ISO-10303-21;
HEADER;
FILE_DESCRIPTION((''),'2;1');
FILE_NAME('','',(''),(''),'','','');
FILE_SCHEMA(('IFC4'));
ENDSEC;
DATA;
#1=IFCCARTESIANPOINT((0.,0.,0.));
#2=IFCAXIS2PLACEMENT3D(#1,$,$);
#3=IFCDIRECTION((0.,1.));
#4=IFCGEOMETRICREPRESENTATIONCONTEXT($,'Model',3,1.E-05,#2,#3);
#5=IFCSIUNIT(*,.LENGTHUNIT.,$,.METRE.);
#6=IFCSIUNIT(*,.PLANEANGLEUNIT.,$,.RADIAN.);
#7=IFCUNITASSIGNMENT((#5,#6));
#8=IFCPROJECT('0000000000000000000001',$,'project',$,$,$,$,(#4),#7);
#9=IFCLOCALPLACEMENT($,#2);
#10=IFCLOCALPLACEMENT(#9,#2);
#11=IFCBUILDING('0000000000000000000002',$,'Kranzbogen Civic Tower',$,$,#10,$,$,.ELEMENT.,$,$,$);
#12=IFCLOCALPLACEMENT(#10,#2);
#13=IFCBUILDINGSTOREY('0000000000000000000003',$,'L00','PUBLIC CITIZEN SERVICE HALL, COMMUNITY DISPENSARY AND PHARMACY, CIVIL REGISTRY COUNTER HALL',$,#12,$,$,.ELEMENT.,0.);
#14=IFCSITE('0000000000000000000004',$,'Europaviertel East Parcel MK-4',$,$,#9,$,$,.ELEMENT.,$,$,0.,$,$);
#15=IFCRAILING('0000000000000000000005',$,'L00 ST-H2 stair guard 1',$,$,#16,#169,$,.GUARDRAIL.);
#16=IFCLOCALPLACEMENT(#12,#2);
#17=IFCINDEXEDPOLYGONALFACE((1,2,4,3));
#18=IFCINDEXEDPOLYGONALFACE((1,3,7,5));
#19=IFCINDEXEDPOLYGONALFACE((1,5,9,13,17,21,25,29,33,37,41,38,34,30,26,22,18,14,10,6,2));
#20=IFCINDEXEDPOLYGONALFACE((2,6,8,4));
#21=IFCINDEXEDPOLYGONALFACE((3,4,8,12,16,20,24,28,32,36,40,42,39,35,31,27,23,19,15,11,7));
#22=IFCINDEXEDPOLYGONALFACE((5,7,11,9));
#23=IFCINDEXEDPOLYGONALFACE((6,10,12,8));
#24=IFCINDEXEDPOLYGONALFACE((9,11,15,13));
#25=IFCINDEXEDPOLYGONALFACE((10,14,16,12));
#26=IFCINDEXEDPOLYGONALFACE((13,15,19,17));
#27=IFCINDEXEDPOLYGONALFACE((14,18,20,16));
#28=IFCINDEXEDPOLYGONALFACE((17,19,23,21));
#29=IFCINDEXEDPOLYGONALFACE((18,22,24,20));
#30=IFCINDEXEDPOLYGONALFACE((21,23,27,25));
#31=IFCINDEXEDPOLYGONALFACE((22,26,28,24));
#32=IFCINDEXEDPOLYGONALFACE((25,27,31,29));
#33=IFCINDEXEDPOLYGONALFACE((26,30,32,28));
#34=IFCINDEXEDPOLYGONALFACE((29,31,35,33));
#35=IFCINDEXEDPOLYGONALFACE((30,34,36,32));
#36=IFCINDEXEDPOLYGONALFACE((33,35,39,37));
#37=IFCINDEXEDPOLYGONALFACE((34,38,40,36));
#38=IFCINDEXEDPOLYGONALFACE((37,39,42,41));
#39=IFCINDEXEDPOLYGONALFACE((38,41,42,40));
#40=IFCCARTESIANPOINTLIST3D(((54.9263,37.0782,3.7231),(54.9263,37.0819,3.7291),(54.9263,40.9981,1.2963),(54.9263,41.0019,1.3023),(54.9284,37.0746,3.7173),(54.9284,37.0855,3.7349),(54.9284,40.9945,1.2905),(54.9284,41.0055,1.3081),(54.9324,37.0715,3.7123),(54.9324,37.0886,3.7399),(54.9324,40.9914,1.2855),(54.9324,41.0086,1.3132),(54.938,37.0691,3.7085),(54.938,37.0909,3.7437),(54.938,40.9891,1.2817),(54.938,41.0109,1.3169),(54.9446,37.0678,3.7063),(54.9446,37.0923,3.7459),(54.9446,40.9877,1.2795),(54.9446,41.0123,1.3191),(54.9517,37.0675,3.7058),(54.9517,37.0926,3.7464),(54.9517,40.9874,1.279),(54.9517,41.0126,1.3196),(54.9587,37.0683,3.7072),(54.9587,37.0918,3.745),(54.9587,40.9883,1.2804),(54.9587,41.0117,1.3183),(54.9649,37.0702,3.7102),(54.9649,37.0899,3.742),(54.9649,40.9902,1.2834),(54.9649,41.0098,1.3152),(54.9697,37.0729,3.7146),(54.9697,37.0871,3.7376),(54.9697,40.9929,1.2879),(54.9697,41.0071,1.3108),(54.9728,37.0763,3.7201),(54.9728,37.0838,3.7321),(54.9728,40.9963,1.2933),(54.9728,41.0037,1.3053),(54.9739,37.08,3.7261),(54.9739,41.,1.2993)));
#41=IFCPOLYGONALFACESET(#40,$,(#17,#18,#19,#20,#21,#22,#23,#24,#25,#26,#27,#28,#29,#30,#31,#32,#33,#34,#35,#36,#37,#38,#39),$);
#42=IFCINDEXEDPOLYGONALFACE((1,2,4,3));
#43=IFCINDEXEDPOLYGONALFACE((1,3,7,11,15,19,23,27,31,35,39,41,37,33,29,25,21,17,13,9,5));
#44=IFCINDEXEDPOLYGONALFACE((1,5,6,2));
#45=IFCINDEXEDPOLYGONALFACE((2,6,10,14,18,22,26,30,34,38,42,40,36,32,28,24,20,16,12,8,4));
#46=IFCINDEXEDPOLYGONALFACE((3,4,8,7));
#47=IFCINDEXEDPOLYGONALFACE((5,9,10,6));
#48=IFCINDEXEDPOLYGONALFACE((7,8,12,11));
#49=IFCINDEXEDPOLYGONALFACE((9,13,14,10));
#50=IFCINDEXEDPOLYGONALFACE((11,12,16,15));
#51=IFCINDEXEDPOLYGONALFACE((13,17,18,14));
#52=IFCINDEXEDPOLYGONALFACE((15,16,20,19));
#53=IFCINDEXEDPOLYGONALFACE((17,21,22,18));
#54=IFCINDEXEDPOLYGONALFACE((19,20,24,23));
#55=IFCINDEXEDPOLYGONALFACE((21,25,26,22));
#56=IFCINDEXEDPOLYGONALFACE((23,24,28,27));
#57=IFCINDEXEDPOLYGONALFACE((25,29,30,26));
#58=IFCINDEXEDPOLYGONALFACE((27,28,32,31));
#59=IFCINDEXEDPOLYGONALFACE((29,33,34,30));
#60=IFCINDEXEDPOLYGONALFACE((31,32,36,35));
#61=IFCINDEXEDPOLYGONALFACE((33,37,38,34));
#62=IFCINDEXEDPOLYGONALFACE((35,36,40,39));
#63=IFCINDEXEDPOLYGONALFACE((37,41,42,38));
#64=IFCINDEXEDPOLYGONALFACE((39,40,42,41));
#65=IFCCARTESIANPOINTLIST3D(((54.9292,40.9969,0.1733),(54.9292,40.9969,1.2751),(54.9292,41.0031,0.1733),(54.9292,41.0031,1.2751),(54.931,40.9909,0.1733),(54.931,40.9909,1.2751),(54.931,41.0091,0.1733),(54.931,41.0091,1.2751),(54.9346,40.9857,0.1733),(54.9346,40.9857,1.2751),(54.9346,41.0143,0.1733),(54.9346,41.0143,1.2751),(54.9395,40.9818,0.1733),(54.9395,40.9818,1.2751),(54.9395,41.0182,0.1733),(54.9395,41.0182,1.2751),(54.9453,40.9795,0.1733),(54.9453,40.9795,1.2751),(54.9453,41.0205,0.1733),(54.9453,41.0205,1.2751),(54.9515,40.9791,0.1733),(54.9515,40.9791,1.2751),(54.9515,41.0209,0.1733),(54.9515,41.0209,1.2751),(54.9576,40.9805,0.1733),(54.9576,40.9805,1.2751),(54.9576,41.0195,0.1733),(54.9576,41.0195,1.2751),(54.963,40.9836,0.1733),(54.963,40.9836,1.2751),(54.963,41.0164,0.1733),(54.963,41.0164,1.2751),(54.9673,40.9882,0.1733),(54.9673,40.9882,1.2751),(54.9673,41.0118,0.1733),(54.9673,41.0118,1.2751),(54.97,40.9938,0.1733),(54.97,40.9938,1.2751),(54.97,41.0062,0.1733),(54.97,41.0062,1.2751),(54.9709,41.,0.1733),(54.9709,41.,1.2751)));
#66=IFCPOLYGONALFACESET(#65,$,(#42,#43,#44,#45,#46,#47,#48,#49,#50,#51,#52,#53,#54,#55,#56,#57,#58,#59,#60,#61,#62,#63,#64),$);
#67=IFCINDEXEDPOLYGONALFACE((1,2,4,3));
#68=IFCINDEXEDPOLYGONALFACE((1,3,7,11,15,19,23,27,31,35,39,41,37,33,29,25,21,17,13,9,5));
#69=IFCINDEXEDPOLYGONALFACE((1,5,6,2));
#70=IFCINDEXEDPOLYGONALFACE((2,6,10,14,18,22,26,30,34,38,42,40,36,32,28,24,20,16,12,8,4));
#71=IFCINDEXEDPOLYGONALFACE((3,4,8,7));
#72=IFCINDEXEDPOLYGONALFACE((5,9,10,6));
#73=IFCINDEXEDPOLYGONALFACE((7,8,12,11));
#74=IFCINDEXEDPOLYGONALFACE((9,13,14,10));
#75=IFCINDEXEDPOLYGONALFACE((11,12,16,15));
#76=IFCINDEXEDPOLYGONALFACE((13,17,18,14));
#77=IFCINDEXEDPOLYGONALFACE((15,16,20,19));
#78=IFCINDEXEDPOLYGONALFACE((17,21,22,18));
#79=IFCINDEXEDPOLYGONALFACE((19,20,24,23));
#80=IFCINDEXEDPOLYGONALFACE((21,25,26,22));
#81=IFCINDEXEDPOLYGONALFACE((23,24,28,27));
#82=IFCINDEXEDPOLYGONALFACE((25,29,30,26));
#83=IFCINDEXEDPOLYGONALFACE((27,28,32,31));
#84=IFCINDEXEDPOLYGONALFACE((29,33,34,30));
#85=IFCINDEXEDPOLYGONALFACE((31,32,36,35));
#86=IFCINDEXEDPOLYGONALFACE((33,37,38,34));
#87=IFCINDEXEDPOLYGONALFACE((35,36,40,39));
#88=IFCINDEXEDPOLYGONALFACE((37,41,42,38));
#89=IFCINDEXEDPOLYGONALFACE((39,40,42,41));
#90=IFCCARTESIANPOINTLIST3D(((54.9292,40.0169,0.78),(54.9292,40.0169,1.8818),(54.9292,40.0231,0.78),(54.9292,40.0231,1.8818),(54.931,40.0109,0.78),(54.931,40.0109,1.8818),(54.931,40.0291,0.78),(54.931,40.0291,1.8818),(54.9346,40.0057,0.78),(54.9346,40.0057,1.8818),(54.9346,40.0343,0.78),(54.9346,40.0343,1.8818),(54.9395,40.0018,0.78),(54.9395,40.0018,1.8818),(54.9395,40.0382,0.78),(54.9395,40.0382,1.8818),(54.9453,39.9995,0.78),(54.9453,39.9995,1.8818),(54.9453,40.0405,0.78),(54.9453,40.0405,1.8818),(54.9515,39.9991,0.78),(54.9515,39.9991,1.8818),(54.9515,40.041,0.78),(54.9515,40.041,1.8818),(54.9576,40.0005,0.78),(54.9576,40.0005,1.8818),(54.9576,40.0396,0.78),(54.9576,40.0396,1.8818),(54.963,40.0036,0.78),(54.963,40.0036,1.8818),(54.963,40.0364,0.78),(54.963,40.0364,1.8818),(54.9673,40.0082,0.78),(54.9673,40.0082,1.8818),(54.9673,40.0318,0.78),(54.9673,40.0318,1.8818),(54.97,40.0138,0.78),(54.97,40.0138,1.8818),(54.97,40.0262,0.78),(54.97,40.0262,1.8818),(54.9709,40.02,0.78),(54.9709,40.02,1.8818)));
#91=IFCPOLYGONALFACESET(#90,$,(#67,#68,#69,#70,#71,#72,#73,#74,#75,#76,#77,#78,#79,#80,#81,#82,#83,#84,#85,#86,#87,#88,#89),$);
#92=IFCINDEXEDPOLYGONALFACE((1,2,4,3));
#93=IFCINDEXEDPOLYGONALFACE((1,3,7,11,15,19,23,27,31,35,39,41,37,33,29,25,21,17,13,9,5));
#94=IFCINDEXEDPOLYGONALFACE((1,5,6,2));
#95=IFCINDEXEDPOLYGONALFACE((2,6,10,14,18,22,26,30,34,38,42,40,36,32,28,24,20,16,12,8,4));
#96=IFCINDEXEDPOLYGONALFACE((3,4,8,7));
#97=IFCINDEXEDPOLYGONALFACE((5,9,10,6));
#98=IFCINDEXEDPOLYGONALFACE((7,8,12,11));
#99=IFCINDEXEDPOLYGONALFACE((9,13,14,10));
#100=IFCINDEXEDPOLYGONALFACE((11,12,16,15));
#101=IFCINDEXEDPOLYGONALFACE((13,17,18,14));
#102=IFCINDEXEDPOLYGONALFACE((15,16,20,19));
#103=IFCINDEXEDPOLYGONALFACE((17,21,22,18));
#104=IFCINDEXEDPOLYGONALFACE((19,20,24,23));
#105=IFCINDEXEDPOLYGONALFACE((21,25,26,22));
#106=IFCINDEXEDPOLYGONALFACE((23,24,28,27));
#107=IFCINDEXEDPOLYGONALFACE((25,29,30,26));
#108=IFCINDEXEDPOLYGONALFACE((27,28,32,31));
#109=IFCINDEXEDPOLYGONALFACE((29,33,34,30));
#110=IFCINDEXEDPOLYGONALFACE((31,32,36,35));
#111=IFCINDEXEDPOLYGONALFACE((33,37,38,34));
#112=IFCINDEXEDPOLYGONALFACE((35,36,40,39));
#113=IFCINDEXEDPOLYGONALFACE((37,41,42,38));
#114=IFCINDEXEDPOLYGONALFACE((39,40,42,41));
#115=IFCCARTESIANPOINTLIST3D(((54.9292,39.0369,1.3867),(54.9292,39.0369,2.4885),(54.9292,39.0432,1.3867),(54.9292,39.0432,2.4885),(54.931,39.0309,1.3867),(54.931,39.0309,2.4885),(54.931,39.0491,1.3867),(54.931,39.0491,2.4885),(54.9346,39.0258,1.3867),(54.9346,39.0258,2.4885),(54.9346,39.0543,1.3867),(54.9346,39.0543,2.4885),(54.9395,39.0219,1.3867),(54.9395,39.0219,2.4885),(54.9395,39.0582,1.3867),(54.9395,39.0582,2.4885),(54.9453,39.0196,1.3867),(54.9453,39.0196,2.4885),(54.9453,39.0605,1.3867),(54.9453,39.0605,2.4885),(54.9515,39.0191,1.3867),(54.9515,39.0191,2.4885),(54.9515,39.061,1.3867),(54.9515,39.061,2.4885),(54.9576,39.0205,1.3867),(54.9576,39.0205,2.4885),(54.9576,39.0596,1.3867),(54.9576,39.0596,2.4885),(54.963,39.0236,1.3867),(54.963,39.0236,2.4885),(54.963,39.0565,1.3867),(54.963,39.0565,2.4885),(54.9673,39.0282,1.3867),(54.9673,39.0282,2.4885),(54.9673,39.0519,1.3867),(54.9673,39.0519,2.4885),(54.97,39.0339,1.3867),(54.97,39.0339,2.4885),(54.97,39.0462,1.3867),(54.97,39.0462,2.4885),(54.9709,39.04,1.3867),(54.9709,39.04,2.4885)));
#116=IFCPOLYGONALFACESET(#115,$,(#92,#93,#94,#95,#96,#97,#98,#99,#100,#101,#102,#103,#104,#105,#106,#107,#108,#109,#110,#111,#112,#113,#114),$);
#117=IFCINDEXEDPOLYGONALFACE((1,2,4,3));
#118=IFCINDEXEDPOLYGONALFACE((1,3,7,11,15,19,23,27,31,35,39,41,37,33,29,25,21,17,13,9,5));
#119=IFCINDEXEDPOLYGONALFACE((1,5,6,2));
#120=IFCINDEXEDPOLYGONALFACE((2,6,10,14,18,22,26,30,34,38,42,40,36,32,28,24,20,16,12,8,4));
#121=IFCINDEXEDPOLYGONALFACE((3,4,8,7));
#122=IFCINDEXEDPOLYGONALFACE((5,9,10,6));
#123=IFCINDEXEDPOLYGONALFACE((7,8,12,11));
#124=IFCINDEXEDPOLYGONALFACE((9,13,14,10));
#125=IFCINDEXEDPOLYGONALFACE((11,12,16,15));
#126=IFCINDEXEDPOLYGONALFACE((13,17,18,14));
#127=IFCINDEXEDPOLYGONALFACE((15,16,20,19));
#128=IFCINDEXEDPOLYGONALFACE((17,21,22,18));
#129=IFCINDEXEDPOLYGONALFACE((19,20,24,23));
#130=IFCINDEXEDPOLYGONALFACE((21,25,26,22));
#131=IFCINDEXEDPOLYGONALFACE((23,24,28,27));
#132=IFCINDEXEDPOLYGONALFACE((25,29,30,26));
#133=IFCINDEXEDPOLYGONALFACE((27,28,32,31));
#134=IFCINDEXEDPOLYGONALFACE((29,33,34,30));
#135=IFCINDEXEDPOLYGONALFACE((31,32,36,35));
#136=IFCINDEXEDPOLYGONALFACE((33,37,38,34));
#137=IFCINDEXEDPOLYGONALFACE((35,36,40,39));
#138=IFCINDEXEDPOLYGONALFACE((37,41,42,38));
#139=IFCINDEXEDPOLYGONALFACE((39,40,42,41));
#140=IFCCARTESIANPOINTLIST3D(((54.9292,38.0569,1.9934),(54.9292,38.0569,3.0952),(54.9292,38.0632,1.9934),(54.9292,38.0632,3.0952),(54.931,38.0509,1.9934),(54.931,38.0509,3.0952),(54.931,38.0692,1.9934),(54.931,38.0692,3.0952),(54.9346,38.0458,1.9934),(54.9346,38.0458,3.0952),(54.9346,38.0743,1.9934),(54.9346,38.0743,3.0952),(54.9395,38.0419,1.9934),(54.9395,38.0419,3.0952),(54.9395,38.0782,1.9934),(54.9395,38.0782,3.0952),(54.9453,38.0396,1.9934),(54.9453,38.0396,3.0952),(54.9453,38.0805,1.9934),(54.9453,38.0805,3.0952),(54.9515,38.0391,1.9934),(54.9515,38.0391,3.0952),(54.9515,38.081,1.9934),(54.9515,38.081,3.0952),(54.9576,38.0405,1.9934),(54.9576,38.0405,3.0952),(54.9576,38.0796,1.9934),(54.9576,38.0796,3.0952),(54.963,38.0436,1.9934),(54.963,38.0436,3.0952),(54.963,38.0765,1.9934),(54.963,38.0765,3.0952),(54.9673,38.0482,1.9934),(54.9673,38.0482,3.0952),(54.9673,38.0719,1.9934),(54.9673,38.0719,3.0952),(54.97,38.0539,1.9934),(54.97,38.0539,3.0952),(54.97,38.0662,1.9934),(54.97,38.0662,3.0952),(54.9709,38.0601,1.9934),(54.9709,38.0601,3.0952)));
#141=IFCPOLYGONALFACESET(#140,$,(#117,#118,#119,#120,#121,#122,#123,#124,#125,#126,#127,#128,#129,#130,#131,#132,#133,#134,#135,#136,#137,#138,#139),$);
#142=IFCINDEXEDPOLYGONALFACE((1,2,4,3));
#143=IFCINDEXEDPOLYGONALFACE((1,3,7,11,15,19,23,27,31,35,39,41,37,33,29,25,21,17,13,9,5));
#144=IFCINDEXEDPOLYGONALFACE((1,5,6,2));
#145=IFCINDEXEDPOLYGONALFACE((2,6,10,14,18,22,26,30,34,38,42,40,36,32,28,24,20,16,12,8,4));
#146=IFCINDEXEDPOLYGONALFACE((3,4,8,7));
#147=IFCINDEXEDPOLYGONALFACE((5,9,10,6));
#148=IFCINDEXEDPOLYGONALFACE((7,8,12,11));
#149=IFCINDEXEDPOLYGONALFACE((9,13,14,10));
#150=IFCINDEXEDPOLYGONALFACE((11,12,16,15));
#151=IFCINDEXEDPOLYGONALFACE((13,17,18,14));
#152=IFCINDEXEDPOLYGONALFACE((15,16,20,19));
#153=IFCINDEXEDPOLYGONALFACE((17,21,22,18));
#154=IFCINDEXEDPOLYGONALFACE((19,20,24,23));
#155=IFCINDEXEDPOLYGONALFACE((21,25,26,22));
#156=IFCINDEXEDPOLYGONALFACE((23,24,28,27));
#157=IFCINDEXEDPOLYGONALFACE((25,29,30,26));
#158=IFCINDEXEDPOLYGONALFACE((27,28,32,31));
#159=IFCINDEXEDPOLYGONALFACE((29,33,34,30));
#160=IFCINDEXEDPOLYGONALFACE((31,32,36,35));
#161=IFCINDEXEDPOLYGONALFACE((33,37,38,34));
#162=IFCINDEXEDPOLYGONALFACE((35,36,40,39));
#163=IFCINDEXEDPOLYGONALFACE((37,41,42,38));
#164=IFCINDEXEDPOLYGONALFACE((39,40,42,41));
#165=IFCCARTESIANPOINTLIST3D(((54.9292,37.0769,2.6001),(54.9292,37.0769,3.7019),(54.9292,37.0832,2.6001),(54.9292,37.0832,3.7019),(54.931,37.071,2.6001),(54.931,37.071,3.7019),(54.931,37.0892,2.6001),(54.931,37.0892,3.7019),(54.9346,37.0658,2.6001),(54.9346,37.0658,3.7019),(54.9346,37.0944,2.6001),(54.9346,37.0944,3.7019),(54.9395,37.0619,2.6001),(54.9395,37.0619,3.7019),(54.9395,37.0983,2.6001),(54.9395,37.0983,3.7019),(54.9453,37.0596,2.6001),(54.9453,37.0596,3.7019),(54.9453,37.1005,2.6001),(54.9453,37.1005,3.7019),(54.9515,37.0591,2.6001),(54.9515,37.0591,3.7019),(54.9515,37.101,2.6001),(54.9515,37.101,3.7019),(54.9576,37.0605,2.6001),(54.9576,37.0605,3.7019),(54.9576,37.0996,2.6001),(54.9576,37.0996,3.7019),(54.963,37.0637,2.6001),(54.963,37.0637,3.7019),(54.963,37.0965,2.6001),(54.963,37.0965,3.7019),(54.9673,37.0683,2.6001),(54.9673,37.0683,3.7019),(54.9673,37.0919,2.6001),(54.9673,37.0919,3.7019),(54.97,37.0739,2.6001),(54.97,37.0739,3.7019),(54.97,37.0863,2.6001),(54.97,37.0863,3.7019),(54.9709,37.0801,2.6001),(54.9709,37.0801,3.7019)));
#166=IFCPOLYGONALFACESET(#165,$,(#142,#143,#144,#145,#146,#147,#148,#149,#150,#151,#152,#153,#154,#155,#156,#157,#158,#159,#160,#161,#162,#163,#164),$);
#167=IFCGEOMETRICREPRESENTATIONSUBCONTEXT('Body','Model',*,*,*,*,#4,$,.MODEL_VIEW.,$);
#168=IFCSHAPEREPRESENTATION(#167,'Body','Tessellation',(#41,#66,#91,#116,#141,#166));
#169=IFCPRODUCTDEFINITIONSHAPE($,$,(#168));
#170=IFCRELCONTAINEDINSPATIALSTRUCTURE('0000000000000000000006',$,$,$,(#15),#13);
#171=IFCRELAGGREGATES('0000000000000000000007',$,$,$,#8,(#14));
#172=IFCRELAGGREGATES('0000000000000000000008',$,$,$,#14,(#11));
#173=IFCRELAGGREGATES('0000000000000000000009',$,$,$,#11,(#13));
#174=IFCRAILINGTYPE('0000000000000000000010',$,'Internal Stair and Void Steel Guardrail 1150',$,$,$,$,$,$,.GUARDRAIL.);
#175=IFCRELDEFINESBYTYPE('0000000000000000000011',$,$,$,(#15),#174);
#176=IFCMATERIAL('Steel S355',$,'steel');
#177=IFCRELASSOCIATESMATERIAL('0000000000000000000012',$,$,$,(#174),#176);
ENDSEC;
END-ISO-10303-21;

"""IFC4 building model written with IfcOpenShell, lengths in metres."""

from ifc_helpers import new_model, si_unit, direction, frame, origin, origin_2d, place, context, subcontext, project, spatial, circle, extrude, material, type_object, element, save


model = new_model("IFC4")

# Units and contexts
model_context = context("Model", 3, precision=1e-05, world=origin(), true_north=direction((0.0, 1.0)))
body_context = subcontext(model_context, "Body", "Model", "MODEL_VIEW")
ifc_project = project(units=[si_unit("LENGTHUNIT", "METRE"), si_unit("PLANEANGLEUNIT", "RADIAN")], contexts=[model_context])

# Site, building, storey
site_placement = place(None, origin())
site = spatial("IfcSite", under=ifc_project, at=site_placement, Name="Europaviertel East Parcel MK-4", CompositionType="ELEMENT", RefElevation=0.0)
building_placement = place(site_placement, origin())
building = spatial("IfcBuilding", under=site, at=building_placement, Name="Kranzbogen Civic Tower", CompositionType="ELEMENT")
storey_placement = place(building_placement, origin())
storey = spatial("IfcBuildingStorey", under=building, at=storey_placement, Name="L00", Description="PUBLIC CITIZEN SERVICE HALL, COMMUNITY DISPENSARY AND PHARMACY, CIVIL REGISTRY COUNTER HALL", CompositionType="ELEMENT", Elevation=0.0)

# Shared definitions
ifc_material_1 = material(Name="Steel S355", Category="steel")

# Railing
railing_type_1 = type_object("IfcRailingType", Name="Internal Stair and Void Steel Guardrail 1150", PredefinedType="GUARDRAIL", material=ifc_material_1)
railing_1_placement = place(storey_placement, frame((54.95, 41.0, 0.1733)))
element("IfcRailing", 1, at=railing_1_placement, inside=storey, type_object=railing_type_1, Name="L00 ST-H2 stair guard 1", PredefinedType="GUARDRAIL", context=body_context, shape_type="SweptSolid", body=[
    extrude(circle(Radius=0.0239, at=origin_2d()), frame((0.0, 0.0, 1.126), z_axis=(0.0, -0.850252, 0.526376), x_axis=(1.0, 0.0, 0.0)), (0.0, 0.0, 1.0), 4.6104),
    extrude(circle(Radius=0.021, at=origin_2d()), origin(), (0.0, 0.0, 1.0), 1.1018),
    extrude(circle(Radius=0.021, at=origin_2d()), frame((0.0, -0.98, 0.6067)), (0.0, 0.0, 1.0), 1.1018),
    extrude(circle(Radius=0.021, at=origin_2d()), frame((0.0, -1.96, 1.2134)), (0.0, 0.0, 1.0), 1.1018),
    extrude(circle(Radius=0.021, at=origin_2d()), frame((0.0, -2.9399, 1.8201)), (0.0, 0.0, 1.0), 1.1018),
    extrude(circle(Radius=0.021, at=origin_2d()), frame((0.0, -3.9199, 2.4268)), (0.0, 0.0, 1.0), 1.1018),
])

save(model, "model.ifc")
